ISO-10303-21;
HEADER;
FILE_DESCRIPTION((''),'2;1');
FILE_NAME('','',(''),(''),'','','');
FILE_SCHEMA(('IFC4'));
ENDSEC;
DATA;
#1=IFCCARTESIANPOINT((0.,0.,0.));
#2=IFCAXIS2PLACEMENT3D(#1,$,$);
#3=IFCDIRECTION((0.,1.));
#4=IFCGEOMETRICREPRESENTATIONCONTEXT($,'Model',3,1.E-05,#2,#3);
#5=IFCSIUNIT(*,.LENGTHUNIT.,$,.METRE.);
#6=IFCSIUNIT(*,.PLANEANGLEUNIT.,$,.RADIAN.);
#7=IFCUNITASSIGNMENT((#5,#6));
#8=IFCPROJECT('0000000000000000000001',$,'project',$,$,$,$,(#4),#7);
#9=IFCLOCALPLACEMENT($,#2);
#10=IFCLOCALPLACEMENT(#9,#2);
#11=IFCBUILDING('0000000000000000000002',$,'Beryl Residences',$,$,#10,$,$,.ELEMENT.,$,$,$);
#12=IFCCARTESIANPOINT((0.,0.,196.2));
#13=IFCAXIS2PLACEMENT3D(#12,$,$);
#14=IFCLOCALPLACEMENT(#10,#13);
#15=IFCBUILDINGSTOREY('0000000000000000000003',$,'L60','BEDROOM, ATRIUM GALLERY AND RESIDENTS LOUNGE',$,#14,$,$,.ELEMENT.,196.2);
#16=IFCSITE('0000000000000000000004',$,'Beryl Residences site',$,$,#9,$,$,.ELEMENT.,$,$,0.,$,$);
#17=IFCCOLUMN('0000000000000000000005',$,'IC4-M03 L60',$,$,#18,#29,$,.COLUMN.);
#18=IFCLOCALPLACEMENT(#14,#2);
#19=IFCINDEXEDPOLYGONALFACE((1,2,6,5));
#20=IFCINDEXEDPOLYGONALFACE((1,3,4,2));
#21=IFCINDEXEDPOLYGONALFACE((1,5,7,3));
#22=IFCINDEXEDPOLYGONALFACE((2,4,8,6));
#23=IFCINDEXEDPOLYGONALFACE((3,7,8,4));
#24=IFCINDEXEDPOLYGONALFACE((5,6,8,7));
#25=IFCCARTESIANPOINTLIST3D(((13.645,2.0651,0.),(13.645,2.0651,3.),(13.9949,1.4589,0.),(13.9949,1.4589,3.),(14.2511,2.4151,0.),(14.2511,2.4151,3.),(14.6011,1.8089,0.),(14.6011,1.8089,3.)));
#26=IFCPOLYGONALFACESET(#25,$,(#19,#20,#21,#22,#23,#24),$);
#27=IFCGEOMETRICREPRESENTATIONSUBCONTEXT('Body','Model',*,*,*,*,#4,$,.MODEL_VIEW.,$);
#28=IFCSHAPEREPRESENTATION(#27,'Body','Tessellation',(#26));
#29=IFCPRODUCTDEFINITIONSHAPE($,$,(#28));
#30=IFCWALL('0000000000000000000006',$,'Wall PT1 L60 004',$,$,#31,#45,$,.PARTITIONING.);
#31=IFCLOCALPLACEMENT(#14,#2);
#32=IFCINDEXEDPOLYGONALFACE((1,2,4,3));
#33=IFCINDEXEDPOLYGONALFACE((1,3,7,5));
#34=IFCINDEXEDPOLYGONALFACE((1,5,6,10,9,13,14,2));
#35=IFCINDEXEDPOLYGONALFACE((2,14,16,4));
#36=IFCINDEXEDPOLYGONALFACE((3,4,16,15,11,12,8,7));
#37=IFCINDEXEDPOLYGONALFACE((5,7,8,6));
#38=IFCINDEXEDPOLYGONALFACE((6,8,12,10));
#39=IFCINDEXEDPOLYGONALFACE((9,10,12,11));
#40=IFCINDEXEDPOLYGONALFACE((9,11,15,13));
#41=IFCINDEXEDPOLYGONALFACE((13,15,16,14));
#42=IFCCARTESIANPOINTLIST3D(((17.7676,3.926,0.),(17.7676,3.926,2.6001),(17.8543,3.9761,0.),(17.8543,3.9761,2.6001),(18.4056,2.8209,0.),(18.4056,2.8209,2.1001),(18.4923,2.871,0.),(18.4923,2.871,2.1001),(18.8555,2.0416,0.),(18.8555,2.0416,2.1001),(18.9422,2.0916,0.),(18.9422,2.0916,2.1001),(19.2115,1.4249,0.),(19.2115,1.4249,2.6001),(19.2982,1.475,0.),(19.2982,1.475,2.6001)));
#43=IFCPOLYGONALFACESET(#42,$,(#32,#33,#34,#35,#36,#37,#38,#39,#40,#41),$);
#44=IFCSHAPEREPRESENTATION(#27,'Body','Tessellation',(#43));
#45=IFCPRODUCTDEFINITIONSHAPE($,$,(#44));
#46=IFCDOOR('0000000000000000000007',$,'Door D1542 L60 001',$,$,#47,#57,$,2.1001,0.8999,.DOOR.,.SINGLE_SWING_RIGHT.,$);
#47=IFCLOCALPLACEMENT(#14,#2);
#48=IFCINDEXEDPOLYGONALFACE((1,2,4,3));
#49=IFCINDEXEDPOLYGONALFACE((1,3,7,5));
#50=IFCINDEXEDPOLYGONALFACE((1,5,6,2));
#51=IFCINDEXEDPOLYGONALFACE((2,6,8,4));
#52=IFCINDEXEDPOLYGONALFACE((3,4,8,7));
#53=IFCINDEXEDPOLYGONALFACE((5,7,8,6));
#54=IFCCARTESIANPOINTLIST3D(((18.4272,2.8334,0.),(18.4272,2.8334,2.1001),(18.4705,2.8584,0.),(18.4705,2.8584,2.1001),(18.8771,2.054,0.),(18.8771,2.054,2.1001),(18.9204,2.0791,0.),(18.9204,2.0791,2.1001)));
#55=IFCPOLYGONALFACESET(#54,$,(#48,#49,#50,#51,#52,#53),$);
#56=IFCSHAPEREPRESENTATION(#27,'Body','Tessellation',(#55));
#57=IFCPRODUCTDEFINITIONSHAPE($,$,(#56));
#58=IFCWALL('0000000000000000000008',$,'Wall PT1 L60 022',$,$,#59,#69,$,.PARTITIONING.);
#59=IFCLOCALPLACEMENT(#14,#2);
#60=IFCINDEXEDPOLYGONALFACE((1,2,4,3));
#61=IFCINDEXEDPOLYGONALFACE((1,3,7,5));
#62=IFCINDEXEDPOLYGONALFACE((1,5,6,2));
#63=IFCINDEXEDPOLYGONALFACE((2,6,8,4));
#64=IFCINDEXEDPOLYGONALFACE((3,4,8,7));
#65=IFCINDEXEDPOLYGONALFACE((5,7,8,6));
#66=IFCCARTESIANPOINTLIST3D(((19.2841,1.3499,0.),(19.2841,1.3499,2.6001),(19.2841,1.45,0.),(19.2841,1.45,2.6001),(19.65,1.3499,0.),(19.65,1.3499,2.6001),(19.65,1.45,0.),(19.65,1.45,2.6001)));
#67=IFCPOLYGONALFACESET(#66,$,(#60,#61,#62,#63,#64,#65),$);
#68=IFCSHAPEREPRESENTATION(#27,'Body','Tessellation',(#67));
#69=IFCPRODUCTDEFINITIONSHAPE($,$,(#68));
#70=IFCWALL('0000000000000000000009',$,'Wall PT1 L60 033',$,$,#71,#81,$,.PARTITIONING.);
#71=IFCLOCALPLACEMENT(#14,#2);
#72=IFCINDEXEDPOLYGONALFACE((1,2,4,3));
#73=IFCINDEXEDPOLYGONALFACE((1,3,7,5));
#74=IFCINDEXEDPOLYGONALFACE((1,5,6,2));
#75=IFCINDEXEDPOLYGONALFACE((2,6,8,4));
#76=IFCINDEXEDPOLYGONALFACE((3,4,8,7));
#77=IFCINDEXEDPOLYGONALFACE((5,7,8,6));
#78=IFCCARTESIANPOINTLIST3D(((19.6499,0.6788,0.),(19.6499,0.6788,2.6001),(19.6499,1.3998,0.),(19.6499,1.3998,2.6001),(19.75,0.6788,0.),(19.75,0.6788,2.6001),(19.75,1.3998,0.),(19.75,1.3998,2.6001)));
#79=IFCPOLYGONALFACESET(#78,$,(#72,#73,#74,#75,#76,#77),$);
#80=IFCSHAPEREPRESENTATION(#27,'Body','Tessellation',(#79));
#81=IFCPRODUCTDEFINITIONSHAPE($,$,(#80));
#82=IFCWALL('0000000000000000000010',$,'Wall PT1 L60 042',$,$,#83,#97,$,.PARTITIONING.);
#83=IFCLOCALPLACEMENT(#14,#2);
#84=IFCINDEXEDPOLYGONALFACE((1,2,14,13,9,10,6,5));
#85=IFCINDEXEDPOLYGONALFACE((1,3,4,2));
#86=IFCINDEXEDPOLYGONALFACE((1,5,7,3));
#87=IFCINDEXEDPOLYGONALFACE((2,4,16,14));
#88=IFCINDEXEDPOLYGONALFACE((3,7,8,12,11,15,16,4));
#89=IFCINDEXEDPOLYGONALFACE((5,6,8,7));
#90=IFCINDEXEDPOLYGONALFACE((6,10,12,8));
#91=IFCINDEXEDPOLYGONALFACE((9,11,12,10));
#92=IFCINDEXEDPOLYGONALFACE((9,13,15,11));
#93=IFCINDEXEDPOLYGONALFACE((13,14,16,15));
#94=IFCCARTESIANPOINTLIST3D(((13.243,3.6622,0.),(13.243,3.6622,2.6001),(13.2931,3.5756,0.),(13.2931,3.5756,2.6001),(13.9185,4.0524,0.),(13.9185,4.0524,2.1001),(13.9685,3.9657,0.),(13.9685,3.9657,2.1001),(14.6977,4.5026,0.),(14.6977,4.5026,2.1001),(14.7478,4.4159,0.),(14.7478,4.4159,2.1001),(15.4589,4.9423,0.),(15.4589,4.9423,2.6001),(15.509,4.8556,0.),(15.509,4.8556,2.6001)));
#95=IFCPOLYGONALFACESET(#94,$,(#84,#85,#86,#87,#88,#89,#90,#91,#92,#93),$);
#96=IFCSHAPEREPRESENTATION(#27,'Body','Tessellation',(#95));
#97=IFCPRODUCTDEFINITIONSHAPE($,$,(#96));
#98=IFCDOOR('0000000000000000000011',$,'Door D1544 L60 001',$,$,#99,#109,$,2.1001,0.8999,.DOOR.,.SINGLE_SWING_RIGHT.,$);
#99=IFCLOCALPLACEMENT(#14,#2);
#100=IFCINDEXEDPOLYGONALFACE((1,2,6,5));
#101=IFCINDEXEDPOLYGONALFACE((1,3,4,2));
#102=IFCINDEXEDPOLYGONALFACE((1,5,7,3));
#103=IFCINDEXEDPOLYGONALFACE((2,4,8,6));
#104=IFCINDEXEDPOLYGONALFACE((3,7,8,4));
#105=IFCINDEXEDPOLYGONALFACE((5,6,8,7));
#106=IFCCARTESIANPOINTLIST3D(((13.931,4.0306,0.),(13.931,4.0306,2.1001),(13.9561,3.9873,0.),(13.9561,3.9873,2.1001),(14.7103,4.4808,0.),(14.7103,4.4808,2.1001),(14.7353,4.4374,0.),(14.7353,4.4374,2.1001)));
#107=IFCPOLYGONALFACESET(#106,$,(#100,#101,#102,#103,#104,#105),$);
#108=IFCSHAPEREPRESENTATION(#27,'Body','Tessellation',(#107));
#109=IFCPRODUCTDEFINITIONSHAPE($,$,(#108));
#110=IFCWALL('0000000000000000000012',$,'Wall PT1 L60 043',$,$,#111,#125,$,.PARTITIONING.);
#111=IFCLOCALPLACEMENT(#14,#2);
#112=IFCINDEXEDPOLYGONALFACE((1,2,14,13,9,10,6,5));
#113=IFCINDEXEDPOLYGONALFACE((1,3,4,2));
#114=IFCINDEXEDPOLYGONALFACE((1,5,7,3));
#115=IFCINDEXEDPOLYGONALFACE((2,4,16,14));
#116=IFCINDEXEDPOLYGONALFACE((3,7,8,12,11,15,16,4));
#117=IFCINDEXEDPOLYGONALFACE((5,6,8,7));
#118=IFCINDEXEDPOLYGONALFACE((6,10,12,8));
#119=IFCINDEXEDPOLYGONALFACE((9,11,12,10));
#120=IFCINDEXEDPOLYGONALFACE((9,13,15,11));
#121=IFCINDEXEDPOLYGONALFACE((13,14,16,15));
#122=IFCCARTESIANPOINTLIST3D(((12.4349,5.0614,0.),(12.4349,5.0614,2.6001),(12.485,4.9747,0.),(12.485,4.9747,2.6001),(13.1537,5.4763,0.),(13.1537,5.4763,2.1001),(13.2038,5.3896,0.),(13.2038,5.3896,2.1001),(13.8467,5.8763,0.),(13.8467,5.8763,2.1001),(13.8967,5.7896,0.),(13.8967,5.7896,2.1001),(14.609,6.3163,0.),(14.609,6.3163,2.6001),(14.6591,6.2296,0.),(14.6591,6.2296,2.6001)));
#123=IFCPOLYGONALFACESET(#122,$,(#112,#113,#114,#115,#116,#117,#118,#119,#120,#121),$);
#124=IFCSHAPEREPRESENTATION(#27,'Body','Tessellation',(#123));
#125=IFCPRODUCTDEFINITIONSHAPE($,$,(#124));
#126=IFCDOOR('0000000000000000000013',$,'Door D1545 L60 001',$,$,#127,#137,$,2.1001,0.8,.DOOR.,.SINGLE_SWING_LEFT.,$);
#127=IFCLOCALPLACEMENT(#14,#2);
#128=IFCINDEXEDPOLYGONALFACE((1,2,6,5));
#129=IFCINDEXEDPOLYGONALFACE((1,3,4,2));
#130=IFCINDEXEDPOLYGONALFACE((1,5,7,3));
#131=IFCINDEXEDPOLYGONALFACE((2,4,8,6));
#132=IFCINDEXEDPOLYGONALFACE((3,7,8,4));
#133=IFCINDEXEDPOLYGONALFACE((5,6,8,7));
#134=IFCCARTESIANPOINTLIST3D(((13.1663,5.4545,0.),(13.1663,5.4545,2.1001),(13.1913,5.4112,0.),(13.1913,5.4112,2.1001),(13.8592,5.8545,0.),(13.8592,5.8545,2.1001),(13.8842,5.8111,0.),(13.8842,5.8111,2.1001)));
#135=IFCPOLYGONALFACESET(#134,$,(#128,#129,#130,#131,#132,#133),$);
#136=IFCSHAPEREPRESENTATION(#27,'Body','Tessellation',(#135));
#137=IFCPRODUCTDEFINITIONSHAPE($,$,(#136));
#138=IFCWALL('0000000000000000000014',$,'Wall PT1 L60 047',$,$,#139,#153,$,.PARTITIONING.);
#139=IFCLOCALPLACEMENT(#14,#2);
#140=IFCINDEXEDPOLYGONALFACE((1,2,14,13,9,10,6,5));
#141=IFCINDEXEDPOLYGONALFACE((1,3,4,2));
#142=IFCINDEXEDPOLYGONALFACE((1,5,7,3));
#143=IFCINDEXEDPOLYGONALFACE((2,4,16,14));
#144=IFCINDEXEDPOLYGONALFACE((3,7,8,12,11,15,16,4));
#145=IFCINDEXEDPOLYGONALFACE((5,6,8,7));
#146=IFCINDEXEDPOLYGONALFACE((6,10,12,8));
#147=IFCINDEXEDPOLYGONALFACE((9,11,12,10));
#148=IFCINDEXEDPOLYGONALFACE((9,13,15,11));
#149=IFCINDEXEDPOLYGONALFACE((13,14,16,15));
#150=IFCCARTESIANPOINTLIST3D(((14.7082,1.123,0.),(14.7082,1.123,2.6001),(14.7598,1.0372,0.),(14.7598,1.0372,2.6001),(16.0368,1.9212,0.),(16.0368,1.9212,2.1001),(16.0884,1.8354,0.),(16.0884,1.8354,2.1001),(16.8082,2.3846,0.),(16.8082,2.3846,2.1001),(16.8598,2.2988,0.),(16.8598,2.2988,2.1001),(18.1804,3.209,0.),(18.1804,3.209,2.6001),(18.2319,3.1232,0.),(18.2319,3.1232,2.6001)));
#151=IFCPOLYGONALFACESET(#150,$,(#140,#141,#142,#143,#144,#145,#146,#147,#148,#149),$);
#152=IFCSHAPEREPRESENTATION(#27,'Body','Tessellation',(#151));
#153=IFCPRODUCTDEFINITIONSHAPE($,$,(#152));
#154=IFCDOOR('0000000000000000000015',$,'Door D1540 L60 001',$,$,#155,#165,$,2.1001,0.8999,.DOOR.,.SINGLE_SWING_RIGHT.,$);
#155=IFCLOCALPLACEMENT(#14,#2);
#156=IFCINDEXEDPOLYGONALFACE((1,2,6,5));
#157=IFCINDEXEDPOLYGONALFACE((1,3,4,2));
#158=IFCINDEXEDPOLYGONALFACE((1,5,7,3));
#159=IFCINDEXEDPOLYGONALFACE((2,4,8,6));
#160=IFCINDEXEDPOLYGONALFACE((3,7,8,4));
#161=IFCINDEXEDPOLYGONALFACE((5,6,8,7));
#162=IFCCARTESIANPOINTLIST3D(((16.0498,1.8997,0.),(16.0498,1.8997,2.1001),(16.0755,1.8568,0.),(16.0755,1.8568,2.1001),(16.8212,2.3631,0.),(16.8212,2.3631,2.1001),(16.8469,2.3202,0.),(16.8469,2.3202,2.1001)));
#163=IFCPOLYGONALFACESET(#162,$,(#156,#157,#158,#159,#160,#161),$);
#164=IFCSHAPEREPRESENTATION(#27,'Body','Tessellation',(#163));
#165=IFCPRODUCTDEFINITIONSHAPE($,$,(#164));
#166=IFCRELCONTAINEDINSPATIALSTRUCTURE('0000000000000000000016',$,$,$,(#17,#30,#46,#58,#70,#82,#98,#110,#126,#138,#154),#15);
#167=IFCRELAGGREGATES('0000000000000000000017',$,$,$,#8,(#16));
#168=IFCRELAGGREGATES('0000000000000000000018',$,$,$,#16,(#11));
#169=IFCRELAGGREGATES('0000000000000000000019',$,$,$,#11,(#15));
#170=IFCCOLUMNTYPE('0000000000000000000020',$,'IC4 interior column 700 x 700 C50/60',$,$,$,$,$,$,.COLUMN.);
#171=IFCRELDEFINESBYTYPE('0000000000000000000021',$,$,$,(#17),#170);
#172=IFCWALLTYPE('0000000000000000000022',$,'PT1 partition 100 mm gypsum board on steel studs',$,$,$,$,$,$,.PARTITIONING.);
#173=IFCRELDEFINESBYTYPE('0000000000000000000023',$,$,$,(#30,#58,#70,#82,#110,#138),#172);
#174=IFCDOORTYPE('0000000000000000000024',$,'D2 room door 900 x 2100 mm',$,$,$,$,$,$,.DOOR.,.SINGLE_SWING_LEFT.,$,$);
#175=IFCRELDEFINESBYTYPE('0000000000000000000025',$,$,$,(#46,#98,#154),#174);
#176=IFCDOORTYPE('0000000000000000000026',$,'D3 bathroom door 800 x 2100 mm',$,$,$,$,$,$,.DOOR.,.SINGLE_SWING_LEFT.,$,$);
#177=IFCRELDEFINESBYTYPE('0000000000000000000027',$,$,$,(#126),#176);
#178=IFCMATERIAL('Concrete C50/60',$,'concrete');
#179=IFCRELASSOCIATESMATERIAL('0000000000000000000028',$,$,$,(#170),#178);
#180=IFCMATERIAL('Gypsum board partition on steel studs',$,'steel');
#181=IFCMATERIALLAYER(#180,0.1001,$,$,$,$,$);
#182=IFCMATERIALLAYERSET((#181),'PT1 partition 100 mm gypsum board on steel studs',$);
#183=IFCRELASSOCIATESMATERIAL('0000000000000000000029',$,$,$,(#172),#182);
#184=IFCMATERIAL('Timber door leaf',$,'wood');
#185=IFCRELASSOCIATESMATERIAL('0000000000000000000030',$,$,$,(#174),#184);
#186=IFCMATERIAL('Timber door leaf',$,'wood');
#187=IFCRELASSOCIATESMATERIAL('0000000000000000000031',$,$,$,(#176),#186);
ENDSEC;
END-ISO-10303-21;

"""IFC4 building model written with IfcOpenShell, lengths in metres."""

from ifc_helpers import new_model, si_unit, direction, frame, frame_2d, origin, origin_2d, place, context, subcontext, project, spatial, rectangle, extrude, material, layer, layer_set, material_profile, profile_set, type_object, element, fill, save


model = new_model("IFC4")

# Units and contexts
model_context = context("Model", 3, precision=1e-05, world=origin(), true_north=direction((0.0, 1.0)))
body_context = subcontext(model_context, "Body", "Model", "MODEL_VIEW")
ifc_project = project(units=[si_unit("LENGTHUNIT", "METRE"), si_unit("PLANEANGLEUNIT", "RADIAN")], contexts=[model_context])

# Site, building, storey
site_placement = place(None, origin())
site = spatial("IfcSite", under=ifc_project, at=site_placement, Name="Beryl Residences site", CompositionType="ELEMENT", RefElevation=0.0)
building_placement = place(site_placement, origin())
building = spatial("IfcBuilding", under=site, at=building_placement, Name="Beryl Residences", CompositionType="ELEMENT")
storey_placement = place(building_placement, frame((0.0, 0.0, 196.2)))
storey = spatial("IfcBuildingStorey", under=building, at=storey_placement, Name="L60", Description="BEDROOM, ATRIUM GALLERY AND RESIDENTS LOUNGE", CompositionType="ELEMENT", Elevation=196.2)

# Column
ifc_material_1 = material(Name="Concrete C50/60", Category="concrete")
ifc_material_profile = material_profile(ifc_material_1, rectangle(XDim=0.7, YDim=0.7, at=origin_2d()))
ifc_profile_set = profile_set([ifc_material_profile], Name="Concrete C50/60")
column_type = type_object("IfcColumnType", Name="IC4 interior column 700 x 700 C50/60", PredefinedType="COLUMN", material=ifc_profile_set)
column_placement = place(storey_placement, frame((14.123, 1.937, 0.0), z_axis=(0.0, 0.0, 1.0), x_axis=(-0.5, 0.866025, 0.0)))
element("IfcColumn", 1, at=column_placement, inside=storey, type_object=column_type, Name="IC4-M03 L60", PredefinedType="COLUMN", context=body_context, shape_type="SweptSolid", body=[
    extrude(rectangle(XDim=0.7, YDim=0.7, at=origin_2d()), origin(), (0.0, 0.0, 1.0), 3.0),
])

# Wall, opening, door
ifc_material_2 = material(Name="Gypsum board partition on steel studs", Category="steel")
ifc_layer_1 = layer(ifc_material_2, 0.1001)
ifc_layer_set_1 = layer_set([ifc_layer_1], Name="PT1 partition 100 mm gypsum board on steel studs")
wall_type_1 = type_object("IfcWallType", Name="PT1 partition 100 mm gypsum board on steel studs", PredefinedType="PARTITIONING", material=ifc_layer_set_1)
wall_1_placement = place(storey_placement, frame((17.811, 3.9509, 0.0), z_axis=(0.0, 0.0, 1.0), x_axis=(0.499976, -0.866039, 0.0)))
wall_1 = element("IfcWall", 2, at=wall_1_placement, inside=storey, type_object=wall_type_1, Name="Wall PT1 L60 004", PredefinedType="PARTITIONING", context=body_context, shape_type="SweptSolid", body=[
    extrude(rectangle(XDim=2.8879, YDim=0.1001, at=frame_2d((1.4438, 0.0))), origin(), (0.0, 0.0, 1.0), 2.6001),
])
opening_1_placement = place(wall_1_placement, frame((1.2759, 0.0, 0.0)))
opening_1 = element("IfcOpeningElement", 3, at=opening_1_placement, cuts=wall_1, PredefinedType="OPENING", context=body_context, shape_type="SweptSolid", body=[
    extrude(rectangle(XDim=0.8999, YDim=2.1001, at=frame_2d((0.45, 1.05))), frame((0.0, 0.0601, 0.0), z_axis=(0.0, -1.0, 0.0), x_axis=(1.0, 0.0, 0.0)), (0.0, 0.0, 1.0), 0.1201),
])
ifc_material_3 = material(Name="Timber door leaf", Category="wood")
door_type_1 = type_object("IfcDoorType", Name="D2 room door 900 x 2100 mm", OperationType="SINGLE_SWING_LEFT", PredefinedType="DOOR", material=ifc_material_3)
door_1_placement = place(opening_1_placement, origin())
door_1 = element("IfcDoor", 4, at=door_1_placement, inside=storey, type_object=door_type_1, Name="Door D1542 L60 001", OperationType="SINGLE_SWING_RIGHT", OverallHeight=2.1001, OverallWidth=0.8999, PredefinedType="DOOR", context=body_context, shape_type="SweptSolid", body=[
    extrude(rectangle(XDim=0.8999, YDim=2.1001, at=frame_2d((0.45, 1.05))), frame((0.0, 0.0249, 0.0), z_axis=(0.0, -1.0, 0.0), x_axis=(1.0, 0.0, 0.0)), (0.0, 0.0, 1.0), 0.05),
])
fill(opening_1, door_1)

# Walls
wall_2_placement = place(storey_placement, frame((19.2839, 1.3999, 0.0), z_axis=(0.0, 0.0, 1.0), x_axis=(1.0, 0.0, 0.0)))
element("IfcWall", 5, at=wall_2_placement, inside=storey, type_object=wall_type_1, Name="Wall PT1 L60 022", PredefinedType="PARTITIONING", context=body_context, shape_type="SweptSolid", body=[
    extrude(rectangle(XDim=0.366, YDim=0.1001, at=frame_2d((0.1831, 0.0))), origin(), (0.0, 0.0, 1.0), 2.6001),
])
wall_3_placement = place(storey_placement, frame((19.7, 0.679, 0.0), z_axis=(0.0, 0.0, 1.0), x_axis=(0.0, 1.0, 0.0)))
element("IfcWall", 6, at=wall_3_placement, inside=storey, type_object=wall_type_1, Name="Wall PT1 L60 033", PredefinedType="PARTITIONING", context=body_context, shape_type="SweptSolid", body=[
    extrude(rectangle(XDim=0.7209, YDim=0.1001, at=frame_2d((0.3604, 0.0))), origin(), (0.0, 0.0, 1.0), 2.6001),
])

# Walls, openings, doors
wall_4_placement = place(storey_placement, frame((13.2681, 3.6189, 0.0), z_axis=(0.0, 0.0, 1.0), x_axis=(0.865903, 0.500212, 0.0)))
wall_4 = element("IfcWall", 7, at=wall_4_placement, inside=storey, type_object=wall_type_1, Name="Wall PT1 L60 042", PredefinedType="PARTITIONING", context=body_context, shape_type="SweptSolid", body=[
    extrude(rectangle(XDim=2.5591, YDim=0.1001, at=frame_2d((1.2795, 0.0))), origin(), (0.0, 0.0, 1.0), 2.6001),
])
opening_2_placement = place(wall_4_placement, frame((0.78, 0.0, 0.0)))
opening_2 = element("IfcOpeningElement", 8, at=opening_2_placement, cuts=wall_4, PredefinedType="OPENING", context=body_context, shape_type="SweptSolid", body=[
    extrude(rectangle(XDim=0.8999, YDim=2.1001, at=frame_2d((0.45, 1.05))), frame((0.0, 0.0601, 0.0), z_axis=(0.0, -1.0, 0.0), x_axis=(1.0, 0.0, 0.0)), (0.0, 0.0, 1.0), 0.1201),
])
door_2_placement = place(opening_2_placement, origin())
door_2 = element("IfcDoor", 9, at=door_2_placement, inside=storey, type_object=door_type_1, Name="Door D1544 L60 001", OperationType="SINGLE_SWING_RIGHT", OverallHeight=2.1001, OverallWidth=0.8999, PredefinedType="DOOR", context=body_context, shape_type="SweptSolid", body=[
    extrude(rectangle(XDim=0.8999, YDim=2.1001, at=frame_2d((0.45, 1.05))), frame((0.0, 0.0249, 0.0), z_axis=(0.0, -1.0, 0.0), x_axis=(1.0, 0.0, 0.0)), (0.0, 0.0, 1.0), 0.05),
])
fill(opening_2, door_2)
wall_5_placement = place(storey_placement, frame((12.46, 5.0181, 0.0), z_axis=(0.0, 0.0, 1.0), x_axis=(0.86608, 0.499905, 0.0)))
wall_5 = element("IfcWall", 10, at=wall_5_placement, inside=storey, type_object=wall_type_1, Name="Wall PT1 L60 043", PredefinedType="PARTITIONING", context=body_context, shape_type="SweptSolid", body=[
    extrude(rectangle(XDim=2.5103, YDim=0.1001, at=frame_2d((1.2551, 0.0))), origin(), (0.0, 0.0, 1.0), 2.6001),
])
opening_3_placement = place(wall_5_placement, frame((0.8301, 0.0, 0.0)))
opening_3 = element("IfcOpeningElement", 11, at=opening_3_placement, cuts=wall_5, PredefinedType="OPENING", context=body_context, shape_type="SweptSolid", body=[
    extrude(rectangle(XDim=0.8, YDim=2.1001, at=frame_2d((0.3999, 1.05))), frame((0.0, 0.0601, 0.0), z_axis=(0.0, -1.0, 0.0), x_axis=(1.0, 0.0, 0.0)), (0.0, 0.0, 1.0), 0.1201),
])
ifc_material_4 = material(Name="Timber door leaf", Category="wood")
door_type_2 = type_object("IfcDoorType", Name="D3 bathroom door 800 x 2100 mm", OperationType="SINGLE_SWING_LEFT", PredefinedType="DOOR", material=ifc_material_4)
door_3_placement = place(opening_3_placement, origin())
door_3 = element("IfcDoor", 12, at=door_3_placement, inside=storey, type_object=door_type_2, Name="Door D1545 L60 001", OperationType="SINGLE_SWING_LEFT", OverallHeight=2.1001, OverallWidth=0.8, PredefinedType="DOOR", context=body_context, shape_type="SweptSolid", body=[
    extrude(rectangle(XDim=0.8, YDim=2.1001, at=frame_2d((0.3999, 1.05))), frame((0.0, 0.0249, 0.0), z_axis=(0.0, -1.0, 0.0), x_axis=(1.0, 0.0, 0.0)), (0.0, 0.0, 1.0), 0.05),
])
fill(opening_3, door_3)
wall_6_placement = place(storey_placement, frame((14.7339, 1.0801, 0.0), z_axis=(0.0, 0.0, 1.0), x_axis=(0.857206, 0.514974, 0.0)))
wall_6 = element("IfcWall", 13, at=wall_6_placement, inside=storey, type_object=wall_type_1, Name="Wall PT1 L60 047", PredefinedType="PARTITIONING", context=body_context, shape_type="SweptSolid", body=[
    extrude(rectangle(XDim=4.0505, YDim=0.1001, at=frame_2d((2.0254, 0.0))), origin(), (0.0, 0.0, 1.0), 2.6001),
])
opening_4_placement = place(wall_6_placement, frame((1.55, 0.0, 0.0)))
opening_4 = element("IfcOpeningElement", 14, at=opening_4_placement, cuts=wall_6, PredefinedType="OPENING", context=body_context, shape_type="SweptSolid", body=[
    extrude(rectangle(XDim=0.8999, YDim=2.1001, at=frame_2d((0.45, 1.05))), frame((0.0, 0.0601, 0.0), z_axis=(0.0, -1.0, 0.0), x_axis=(1.0, 0.0, 0.0)), (0.0, 0.0, 1.0), 0.1201),
])
door_4_placement = place(opening_4_placement, origin())
door_4 = element("IfcDoor", 15, at=door_4_placement, inside=storey, type_object=door_type_1, Name="Door D1540 L60 001", OperationType="SINGLE_SWING_RIGHT", OverallHeight=2.1001, OverallWidth=0.8999, PredefinedType="DOOR", context=body_context, shape_type="SweptSolid", body=[
    extrude(rectangle(XDim=0.8999, YDim=2.1001, at=frame_2d((0.45, 1.05))), frame((0.0, 0.0249, 0.0), z_axis=(0.0, -1.0, 0.0), x_axis=(1.0, 0.0, 0.0)), (0.0, 0.0, 1.0), 0.05),
])
fill(opening_4, door_4)

save(model, "model.ifc")
